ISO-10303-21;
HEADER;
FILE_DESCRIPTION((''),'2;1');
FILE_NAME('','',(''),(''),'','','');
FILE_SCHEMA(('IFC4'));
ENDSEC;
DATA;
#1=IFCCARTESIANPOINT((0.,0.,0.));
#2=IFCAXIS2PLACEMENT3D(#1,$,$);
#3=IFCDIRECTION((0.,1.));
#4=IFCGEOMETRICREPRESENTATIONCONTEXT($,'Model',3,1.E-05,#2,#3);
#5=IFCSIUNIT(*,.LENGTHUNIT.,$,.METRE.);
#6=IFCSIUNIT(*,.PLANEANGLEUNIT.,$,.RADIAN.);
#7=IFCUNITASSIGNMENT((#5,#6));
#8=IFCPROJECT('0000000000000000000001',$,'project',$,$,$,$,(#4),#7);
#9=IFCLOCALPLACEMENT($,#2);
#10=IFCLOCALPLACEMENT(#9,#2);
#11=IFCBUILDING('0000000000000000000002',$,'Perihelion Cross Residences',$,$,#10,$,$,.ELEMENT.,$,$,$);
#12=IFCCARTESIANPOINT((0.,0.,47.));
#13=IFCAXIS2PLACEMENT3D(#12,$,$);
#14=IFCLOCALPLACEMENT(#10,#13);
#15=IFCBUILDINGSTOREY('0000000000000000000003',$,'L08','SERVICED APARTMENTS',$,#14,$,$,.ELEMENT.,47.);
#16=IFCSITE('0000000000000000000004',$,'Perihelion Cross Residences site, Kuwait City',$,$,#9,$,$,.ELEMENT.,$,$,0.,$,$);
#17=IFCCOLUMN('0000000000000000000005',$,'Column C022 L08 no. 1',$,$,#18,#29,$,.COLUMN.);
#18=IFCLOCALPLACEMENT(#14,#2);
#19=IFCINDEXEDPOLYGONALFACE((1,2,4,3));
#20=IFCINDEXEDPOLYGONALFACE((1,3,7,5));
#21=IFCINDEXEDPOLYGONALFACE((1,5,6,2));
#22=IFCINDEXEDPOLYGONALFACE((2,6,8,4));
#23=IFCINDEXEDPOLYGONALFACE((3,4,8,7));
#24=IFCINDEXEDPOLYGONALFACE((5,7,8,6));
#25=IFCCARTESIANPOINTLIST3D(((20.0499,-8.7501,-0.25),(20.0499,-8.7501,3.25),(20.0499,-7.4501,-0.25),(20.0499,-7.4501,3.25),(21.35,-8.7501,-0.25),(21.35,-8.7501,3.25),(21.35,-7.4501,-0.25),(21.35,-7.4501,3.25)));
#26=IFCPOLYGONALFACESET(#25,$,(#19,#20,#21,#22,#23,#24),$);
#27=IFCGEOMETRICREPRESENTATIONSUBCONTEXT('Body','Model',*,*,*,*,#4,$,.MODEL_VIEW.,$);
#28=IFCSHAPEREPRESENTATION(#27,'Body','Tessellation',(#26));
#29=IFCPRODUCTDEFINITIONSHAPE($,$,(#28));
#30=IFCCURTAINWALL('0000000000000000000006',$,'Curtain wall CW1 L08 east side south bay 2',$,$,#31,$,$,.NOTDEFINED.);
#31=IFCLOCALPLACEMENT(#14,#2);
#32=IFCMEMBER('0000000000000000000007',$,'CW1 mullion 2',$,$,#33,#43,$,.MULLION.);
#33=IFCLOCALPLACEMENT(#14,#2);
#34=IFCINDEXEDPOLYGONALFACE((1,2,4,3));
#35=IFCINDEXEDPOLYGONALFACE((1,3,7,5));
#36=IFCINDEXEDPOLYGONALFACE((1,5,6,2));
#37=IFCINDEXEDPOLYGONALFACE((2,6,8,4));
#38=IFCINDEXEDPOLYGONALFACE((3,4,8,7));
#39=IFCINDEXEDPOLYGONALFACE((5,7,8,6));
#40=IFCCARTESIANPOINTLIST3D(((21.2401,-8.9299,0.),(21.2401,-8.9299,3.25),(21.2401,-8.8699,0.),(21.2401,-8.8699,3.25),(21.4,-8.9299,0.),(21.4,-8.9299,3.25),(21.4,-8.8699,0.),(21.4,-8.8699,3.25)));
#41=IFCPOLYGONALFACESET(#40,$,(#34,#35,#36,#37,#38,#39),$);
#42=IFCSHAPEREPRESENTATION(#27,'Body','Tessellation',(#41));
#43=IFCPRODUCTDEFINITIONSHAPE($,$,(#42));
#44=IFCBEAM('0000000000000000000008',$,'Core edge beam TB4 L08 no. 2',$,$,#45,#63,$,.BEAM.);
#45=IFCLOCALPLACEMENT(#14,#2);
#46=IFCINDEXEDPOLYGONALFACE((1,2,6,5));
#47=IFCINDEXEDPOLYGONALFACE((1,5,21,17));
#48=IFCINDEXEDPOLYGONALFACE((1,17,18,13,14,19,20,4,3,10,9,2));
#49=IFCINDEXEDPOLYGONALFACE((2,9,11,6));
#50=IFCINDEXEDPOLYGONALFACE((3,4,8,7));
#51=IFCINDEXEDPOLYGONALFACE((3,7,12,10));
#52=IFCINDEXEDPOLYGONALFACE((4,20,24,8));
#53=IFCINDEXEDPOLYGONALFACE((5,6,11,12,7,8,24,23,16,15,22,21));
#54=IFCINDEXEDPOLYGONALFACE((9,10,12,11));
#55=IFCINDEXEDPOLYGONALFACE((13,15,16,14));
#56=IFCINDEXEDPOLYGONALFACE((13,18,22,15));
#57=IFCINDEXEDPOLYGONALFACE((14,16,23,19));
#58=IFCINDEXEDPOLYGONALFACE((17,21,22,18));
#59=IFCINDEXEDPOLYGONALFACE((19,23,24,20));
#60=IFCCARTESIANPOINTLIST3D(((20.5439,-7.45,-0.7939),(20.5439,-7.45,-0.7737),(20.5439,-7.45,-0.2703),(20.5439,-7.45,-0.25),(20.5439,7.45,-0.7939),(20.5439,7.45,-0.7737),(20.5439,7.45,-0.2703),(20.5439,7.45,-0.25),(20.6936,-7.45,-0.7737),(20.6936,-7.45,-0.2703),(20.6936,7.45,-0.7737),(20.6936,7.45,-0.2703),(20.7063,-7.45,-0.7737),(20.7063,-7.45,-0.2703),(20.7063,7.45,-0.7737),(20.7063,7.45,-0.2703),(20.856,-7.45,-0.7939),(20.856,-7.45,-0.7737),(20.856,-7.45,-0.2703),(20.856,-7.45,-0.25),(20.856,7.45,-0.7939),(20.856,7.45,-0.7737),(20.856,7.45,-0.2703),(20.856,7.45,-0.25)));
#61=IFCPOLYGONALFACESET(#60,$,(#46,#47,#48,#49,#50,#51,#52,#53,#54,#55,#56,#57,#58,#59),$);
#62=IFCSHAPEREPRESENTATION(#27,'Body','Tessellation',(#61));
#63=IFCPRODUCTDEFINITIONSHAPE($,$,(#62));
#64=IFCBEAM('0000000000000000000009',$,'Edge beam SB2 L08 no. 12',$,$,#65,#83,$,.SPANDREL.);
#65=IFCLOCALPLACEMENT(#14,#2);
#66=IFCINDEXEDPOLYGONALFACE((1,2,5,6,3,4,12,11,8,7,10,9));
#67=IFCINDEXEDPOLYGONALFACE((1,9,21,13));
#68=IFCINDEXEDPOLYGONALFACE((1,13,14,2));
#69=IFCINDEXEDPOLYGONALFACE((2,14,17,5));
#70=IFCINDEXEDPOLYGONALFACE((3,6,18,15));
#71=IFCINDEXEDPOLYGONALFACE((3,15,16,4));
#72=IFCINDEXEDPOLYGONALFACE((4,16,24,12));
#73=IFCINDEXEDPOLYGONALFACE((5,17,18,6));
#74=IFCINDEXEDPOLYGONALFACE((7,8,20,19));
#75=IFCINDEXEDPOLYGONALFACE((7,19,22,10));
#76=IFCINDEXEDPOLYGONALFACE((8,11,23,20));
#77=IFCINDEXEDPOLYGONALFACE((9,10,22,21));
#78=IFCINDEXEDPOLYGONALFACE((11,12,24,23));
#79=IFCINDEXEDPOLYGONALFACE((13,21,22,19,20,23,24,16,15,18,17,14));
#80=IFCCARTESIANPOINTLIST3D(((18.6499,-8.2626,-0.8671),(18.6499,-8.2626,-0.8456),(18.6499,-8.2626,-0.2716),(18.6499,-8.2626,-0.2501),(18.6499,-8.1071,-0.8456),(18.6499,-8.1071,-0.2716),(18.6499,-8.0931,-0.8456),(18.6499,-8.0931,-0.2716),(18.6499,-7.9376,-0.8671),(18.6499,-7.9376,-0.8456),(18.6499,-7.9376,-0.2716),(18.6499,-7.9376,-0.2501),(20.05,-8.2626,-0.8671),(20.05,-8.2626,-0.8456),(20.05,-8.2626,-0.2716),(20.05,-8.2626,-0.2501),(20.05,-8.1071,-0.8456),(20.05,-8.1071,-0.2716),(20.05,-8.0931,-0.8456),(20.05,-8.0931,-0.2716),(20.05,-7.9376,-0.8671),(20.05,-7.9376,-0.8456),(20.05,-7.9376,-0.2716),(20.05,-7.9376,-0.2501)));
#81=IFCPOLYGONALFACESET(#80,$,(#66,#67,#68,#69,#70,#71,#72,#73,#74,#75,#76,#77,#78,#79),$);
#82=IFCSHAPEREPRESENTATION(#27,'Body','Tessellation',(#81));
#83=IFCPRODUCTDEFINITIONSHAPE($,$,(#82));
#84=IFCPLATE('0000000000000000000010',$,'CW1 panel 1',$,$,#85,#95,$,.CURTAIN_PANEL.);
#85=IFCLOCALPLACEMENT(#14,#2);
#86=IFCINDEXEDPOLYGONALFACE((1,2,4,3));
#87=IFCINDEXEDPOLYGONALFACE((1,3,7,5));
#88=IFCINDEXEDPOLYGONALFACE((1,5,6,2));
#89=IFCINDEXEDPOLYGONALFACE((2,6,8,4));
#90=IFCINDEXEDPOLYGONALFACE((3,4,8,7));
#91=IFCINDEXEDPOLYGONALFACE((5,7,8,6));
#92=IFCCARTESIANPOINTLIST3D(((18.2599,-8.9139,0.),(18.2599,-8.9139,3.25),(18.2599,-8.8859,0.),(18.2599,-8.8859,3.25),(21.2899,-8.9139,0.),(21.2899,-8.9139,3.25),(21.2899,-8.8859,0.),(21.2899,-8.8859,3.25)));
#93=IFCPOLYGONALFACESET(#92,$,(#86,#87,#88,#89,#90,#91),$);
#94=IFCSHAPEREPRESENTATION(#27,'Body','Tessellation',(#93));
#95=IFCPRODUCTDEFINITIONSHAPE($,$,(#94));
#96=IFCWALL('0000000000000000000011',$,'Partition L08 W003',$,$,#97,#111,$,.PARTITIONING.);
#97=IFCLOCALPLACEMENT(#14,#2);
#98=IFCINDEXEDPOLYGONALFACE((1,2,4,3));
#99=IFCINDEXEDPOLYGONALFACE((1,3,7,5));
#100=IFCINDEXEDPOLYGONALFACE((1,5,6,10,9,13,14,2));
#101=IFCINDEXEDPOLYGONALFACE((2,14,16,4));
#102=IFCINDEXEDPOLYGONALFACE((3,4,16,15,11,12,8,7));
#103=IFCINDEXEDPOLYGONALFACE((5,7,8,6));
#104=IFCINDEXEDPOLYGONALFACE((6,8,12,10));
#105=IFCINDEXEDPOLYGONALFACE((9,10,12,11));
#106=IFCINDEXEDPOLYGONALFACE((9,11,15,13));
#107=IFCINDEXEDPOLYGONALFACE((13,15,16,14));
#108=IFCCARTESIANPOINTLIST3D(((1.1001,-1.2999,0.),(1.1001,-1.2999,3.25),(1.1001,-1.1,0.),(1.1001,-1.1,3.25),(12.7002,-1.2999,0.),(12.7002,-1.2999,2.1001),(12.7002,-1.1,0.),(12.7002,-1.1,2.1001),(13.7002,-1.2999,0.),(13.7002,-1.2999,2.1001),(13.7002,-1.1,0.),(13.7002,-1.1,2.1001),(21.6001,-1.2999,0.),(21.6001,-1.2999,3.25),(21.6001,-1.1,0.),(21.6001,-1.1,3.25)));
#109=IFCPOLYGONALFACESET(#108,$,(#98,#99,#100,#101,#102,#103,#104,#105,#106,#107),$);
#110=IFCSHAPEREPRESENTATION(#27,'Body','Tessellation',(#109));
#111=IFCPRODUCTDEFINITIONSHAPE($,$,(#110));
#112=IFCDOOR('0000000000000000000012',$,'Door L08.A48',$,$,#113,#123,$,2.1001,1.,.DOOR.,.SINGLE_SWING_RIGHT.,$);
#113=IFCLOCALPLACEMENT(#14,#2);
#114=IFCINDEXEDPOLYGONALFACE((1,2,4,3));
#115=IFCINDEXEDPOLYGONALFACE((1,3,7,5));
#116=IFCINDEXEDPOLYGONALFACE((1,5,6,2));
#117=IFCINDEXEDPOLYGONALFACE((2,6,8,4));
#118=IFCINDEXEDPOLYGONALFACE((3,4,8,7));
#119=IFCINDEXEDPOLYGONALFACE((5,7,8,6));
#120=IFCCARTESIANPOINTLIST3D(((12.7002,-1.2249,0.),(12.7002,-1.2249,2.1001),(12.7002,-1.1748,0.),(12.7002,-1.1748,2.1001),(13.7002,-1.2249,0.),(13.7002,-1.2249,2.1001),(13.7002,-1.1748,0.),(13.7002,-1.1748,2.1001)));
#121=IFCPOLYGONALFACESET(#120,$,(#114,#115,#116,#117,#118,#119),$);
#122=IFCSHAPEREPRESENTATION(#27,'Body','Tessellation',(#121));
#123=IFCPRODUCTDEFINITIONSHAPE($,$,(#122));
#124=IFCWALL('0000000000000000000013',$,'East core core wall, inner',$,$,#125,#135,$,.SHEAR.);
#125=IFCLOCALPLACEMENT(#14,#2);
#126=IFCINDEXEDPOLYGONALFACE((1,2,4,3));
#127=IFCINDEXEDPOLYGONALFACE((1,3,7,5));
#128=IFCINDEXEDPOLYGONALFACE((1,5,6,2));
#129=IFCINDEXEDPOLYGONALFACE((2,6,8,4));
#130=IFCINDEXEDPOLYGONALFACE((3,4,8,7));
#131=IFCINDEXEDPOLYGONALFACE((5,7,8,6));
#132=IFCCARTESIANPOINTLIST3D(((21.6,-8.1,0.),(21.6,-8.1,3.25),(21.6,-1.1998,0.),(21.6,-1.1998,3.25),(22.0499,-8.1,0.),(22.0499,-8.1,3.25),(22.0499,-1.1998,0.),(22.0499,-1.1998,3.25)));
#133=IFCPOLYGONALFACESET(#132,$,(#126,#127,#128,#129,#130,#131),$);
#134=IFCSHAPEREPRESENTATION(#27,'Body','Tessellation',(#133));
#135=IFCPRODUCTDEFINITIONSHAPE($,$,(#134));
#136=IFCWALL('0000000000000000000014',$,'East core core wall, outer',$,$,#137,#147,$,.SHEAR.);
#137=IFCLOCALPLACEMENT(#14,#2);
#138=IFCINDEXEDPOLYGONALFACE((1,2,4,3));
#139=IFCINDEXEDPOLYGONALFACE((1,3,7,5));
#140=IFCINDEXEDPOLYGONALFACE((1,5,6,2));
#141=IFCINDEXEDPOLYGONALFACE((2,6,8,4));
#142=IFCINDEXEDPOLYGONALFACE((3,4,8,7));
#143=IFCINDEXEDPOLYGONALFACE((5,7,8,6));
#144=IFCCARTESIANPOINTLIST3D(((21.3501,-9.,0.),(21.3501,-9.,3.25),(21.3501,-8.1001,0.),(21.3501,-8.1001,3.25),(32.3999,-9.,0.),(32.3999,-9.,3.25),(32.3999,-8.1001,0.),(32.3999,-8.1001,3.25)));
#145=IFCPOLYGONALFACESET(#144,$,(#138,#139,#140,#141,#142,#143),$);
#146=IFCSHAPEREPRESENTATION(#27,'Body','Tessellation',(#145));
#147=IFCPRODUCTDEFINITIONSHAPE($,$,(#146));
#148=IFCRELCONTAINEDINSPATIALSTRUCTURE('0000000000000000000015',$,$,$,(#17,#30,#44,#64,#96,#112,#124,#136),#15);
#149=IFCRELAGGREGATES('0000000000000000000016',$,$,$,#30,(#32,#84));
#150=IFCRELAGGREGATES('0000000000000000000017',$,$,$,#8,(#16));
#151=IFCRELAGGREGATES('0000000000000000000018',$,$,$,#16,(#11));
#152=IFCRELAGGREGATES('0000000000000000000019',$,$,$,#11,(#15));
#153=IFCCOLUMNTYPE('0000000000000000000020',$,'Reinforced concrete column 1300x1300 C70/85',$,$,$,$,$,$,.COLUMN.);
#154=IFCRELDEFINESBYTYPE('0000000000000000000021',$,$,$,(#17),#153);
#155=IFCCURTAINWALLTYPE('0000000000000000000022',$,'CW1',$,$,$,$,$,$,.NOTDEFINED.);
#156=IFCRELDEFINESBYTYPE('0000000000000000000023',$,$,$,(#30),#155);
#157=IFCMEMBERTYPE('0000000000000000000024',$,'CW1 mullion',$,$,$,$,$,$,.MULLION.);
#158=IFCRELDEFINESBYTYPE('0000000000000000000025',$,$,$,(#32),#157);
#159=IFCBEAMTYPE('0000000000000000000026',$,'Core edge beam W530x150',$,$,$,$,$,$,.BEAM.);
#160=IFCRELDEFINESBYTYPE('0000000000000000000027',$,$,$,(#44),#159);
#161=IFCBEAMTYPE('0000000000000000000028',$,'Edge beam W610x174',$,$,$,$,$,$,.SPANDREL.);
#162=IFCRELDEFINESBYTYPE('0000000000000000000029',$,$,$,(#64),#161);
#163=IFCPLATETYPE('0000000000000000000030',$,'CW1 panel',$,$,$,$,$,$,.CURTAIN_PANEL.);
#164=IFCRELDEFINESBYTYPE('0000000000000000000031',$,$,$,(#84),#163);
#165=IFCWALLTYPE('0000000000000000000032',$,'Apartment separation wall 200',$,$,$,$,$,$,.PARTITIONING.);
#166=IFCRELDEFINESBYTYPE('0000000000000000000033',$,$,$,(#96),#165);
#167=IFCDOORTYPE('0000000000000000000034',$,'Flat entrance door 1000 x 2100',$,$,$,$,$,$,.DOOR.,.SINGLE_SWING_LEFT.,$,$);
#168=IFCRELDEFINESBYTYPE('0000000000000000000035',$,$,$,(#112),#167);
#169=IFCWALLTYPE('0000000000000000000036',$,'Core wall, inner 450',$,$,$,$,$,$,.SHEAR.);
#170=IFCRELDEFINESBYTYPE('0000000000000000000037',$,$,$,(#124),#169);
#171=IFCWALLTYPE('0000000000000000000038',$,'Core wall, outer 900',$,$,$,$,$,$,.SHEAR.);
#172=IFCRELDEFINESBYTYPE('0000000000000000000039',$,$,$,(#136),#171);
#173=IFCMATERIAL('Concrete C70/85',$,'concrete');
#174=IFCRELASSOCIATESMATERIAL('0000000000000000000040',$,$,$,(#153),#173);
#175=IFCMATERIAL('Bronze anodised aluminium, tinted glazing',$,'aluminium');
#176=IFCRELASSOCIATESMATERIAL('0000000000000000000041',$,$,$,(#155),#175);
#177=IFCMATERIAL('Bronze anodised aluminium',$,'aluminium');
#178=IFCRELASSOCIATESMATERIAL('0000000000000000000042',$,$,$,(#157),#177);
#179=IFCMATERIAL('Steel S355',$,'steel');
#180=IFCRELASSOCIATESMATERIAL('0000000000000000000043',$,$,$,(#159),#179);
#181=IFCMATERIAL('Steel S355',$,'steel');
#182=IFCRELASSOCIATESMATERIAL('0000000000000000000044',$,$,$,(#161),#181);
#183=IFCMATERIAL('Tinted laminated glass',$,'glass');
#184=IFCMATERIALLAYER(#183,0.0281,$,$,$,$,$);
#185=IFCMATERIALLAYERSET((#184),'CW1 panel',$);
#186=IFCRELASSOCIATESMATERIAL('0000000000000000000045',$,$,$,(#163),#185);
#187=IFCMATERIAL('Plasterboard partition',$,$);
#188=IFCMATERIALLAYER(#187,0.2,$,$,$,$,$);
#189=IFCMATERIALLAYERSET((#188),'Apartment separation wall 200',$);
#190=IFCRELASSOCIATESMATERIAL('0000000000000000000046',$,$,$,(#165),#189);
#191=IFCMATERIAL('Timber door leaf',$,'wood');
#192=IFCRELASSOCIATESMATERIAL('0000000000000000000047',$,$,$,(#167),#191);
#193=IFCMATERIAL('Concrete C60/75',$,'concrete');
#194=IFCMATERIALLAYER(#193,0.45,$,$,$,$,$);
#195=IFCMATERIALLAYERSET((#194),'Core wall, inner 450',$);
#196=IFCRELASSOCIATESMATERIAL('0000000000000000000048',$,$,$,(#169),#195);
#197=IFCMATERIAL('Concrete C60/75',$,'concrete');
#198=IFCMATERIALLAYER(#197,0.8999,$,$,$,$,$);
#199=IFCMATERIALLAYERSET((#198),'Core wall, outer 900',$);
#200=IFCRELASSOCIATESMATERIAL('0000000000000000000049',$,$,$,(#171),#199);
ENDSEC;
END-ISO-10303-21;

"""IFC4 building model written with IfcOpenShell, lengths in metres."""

from ifc_helpers import new_model, si_unit, direction, frame, frame_2d, origin, origin_2d, place, context, subcontext, project, spatial, rectangle, i_section, extrude, material, layer, layer_set, material_profile, profile_set, type_object, element, fill, aggregate, save


model = new_model("IFC4")

# Units and contexts
model_context = context("Model", 3, precision=1e-05, world=origin(), true_north=direction((0.0, 1.0)))
body_context = subcontext(model_context, "Body", "Model", "MODEL_VIEW")
ifc_project = project(units=[si_unit("LENGTHUNIT", "METRE"), si_unit("PLANEANGLEUNIT", "RADIAN")], contexts=[model_context])

# Site, building, storey
site_placement = place(None, origin())
site = spatial("IfcSite", under=ifc_project, at=site_placement, Name="Perihelion Cross Residences site, Kuwait City", CompositionType="ELEMENT", RefElevation=0.0)
building_placement = place(site_placement, origin())
building = spatial("IfcBuilding", under=site, at=building_placement, Name="Perihelion Cross Residences", CompositionType="ELEMENT")
storey_placement = place(building_placement, frame((0.0, 0.0, 47.0)))
storey = spatial("IfcBuildingStorey", under=building, at=storey_placement, Name="L08", Description="SERVICED APARTMENTS", CompositionType="ELEMENT", Elevation=47.0)

# Column
ifc_material_1 = material(Name="Concrete C70/85", Category="concrete")
ifc_material_profile_1 = material_profile(ifc_material_1, rectangle(XDim=1.3, YDim=1.3, at=origin_2d()), Name="RC 1300x1300")
ifc_profile_set_1 = profile_set([ifc_material_profile_1], Name="Concrete C70/85")
column_type = type_object("IfcColumnType", Name="Reinforced concrete column 1300x1300 C70/85", PredefinedType="COLUMN", material=ifc_profile_set_1)
column_placement = place(storey_placement, frame((20.7, -8.1001, -0.25), z_axis=(0.0, 0.0, 1.0), x_axis=(1.0, 0.0, 0.0)))
element("IfcColumn", 1, at=column_placement, inside=storey, type_object=column_type, Name="Column C022 L08 no. 1", PredefinedType="COLUMN", context=body_context, shape_type="SweptSolid", body=[
    extrude(rectangle(XDim=1.3, YDim=1.3, at=origin_2d()), origin(), (0.0, 0.0, 1.0), 3.5),
])

# Curtain wall, member
ifc_material_2 = material(Name="Bronze anodised aluminium, tinted glazing", Category="aluminium")
curtain_wall_type = type_object("IfcCurtainWallType", Name="CW1", PredefinedType="NOTDEFINED", material=ifc_material_2)
curtain_wall_placement = place(storey_placement, origin())
curtain_wall = element("IfcCurtainWall", 2, at=curtain_wall_placement, inside=storey, type_object=curtain_wall_type, Name="Curtain wall CW1 L08 east side south bay 2", PredefinedType="NOTDEFINED")
ifc_material_3 = material(Name="Bronze anodised aluminium", Category="aluminium")
ifc_material_profile_2 = material_profile(ifc_material_3, rectangle(XDim=0.0601, YDim=0.1599, at=origin_2d()), Name="CW1 mullion")
ifc_profile_set_2 = profile_set([ifc_material_profile_2], Name="Bronze anodised aluminium")
member_type = type_object("IfcMemberType", Name="CW1 mullion", PredefinedType="MULLION", material=ifc_profile_set_2)
member_placement = place(storey_placement, frame((21.3201, -8.8999, 0.0), z_axis=(0.0, 0.0, 1.0), x_axis=(0.0, 1.0, 0.0)))
member = element("IfcMember", 3, at=member_placement, type_object=member_type, Name="CW1 mullion 2", PredefinedType="MULLION", context=body_context, shape_type="SweptSolid", body=[
    extrude(rectangle(XDim=0.0601, YDim=0.1599, at=origin_2d()), origin(), (0.0, 0.0, 1.0), 3.25),
])

# Beams
ifc_material_4 = material(Name="Steel S355", Category="steel")
ifc_material_profile_3 = material_profile(ifc_material_4, i_section(OverallWidth=0.312, OverallDepth=0.5439, WebThickness=0.0127, FlangeThickness=0.0203, at=origin_2d()), Name="W530x150")
ifc_profile_set_3 = profile_set([ifc_material_profile_3], Name="Steel S355")
beam_type_1 = type_object("IfcBeamType", Name="Core edge beam W530x150", PredefinedType="BEAM", material=ifc_profile_set_3)
beam_1_placement = place(storey_placement, frame((20.7, -7.45, -0.522), z_axis=(0.0, 1.0, 0.0), x_axis=(-1.0, 0.0, 0.0)))
element("IfcBeam", 4, at=beam_1_placement, inside=storey, type_object=beam_type_1, Name="Core edge beam TB4 L08 no. 2", PredefinedType="BEAM", context=body_context, shape_type="SweptSolid", body=[
    extrude(i_section(OverallWidth=0.312, OverallDepth=0.5439, WebThickness=0.0127, FlangeThickness=0.0203, at=origin_2d()), origin(), (0.0, 0.0, 1.0), 14.8999),
])
ifc_material_5 = material(Name="Steel S355", Category="steel")
ifc_material_profile_4 = material_profile(ifc_material_5, i_section(OverallWidth=0.325, OverallDepth=0.6169, WebThickness=0.0139, FlangeThickness=0.0215, at=origin_2d()), Name="W610x174")
ifc_profile_set_4 = profile_set([ifc_material_profile_4], Name="Steel S355")
beam_type_2 = type_object("IfcBeamType", Name="Edge beam W610x174", PredefinedType="SPANDREL", material=ifc_profile_set_4)
beam_2_placement = place(storey_placement, frame((18.6499, -8.1001, -0.5586), z_axis=(1.0, 0.0, 0.0), x_axis=(0.0, 1.0, 0.0)))
element("IfcBeam", 5, at=beam_2_placement, inside=storey, type_object=beam_type_2, Name="Edge beam SB2 L08 no. 12", PredefinedType="SPANDREL", context=body_context, shape_type="SweptSolid", body=[
    extrude(i_section(OverallWidth=0.325, OverallDepth=0.6169, WebThickness=0.0139, FlangeThickness=0.0215, at=origin_2d()), origin(), (0.0, 0.0, 1.0), 1.4001),
])

# Plate
ifc_material_6 = material(Name="Tinted laminated glass", Category="glass")
ifc_layer_1 = layer(ifc_material_6, 0.0281)
ifc_layer_set_1 = layer_set([ifc_layer_1], Name="CW1 panel")
plate_type = type_object("IfcPlateType", Name="CW1 panel", PredefinedType="CURTAIN_PANEL", material=ifc_layer_set_1)
plate_placement = place(storey_placement, frame((19.7749, -8.8999, 0.0), z_axis=(0.0, 0.0, 1.0), x_axis=(1.0, 0.0, 0.0)))
plate = element("IfcPlate", 6, at=plate_placement, type_object=plate_type, Name="CW1 panel 1", PredefinedType="CURTAIN_PANEL", context=body_context, shape_type="SweptSolid", body=[
    extrude(rectangle(XDim=3.03, YDim=0.0281, at=origin_2d()), origin(), (0.0, 0.0, 1.0), 3.25),
])
aggregate(curtain_wall, [member, plate])

# Wall, opening, door
ifc_material_7 = material(Name="Plasterboard partition")
ifc_layer_2 = layer(ifc_material_7, 0.2)
ifc_layer_set_2 = layer_set([ifc_layer_2], Name="Apartment separation wall 200")
wall_type_1 = type_object("IfcWallType", Name="Apartment separation wall 200", PredefinedType="PARTITIONING", material=ifc_layer_set_2)
wall_1_placement = place(storey_placement, frame((21.6001, -1.2, 0.0), z_axis=(0.0, 0.0, 1.0), x_axis=(-1.0, 0.0, 0.0)))
wall_1 = element("IfcWall", 7, at=wall_1_placement, inside=storey, type_object=wall_type_1, Name="Partition L08 W003", PredefinedType="PARTITIONING", context=body_context, shape_type="SweptSolid", body=[
    extrude(rectangle(XDim=20.5, YDim=0.2, at=frame_2d((10.25, 0.0))), origin(), (0.0, 0.0, 1.0), 3.25),
])
opening_1_placement = place(wall_1_placement, frame((7.8999, 0.0, 0.0)))
opening_1 = element("IfcOpeningElement", 8, at=opening_1_placement, cuts=wall_1, PredefinedType="OPENING", context=body_context, shape_type="SweptSolid", body=[
    extrude(rectangle(XDim=1.0, YDim=2.1001, at=frame_2d((0.5, 1.05))), frame((0.0, 0.1099, 0.0), z_axis=(0.0, -1.0, 0.0), x_axis=(1.0, 0.0, 0.0)), (0.0, 0.0, 1.0), 0.22),
])
ifc_material_8 = material(Name="Timber door leaf", Category="wood")
door_type_1 = type_object("IfcDoorType", Name="Flat entrance door 1000 x 2100", OperationType="SINGLE_SWING_LEFT", PredefinedType="DOOR", material=ifc_material_8)
door_1_placement = place(opening_1_placement, origin())
door_1 = element("IfcDoor", 9, at=door_1_placement, inside=storey, type_object=door_type_1, Name="Door L08.A48", OperationType="SINGLE_SWING_RIGHT", OverallHeight=2.1001, OverallWidth=1.0, PredefinedType="DOOR", context=body_context, shape_type="SweptSolid", body=[
    extrude(rectangle(XDim=1.0, YDim=2.1001, at=frame_2d((0.5, 1.05))), frame((0.0, 0.0249, 0.0), z_axis=(0.0, -1.0, 0.0), x_axis=(1.0, 0.0, 0.0)), (0.0, 0.0, 1.0), 0.05),
])
fill(opening_1, door_1)

# Walls
ifc_material_9 = material(Name="Concrete C60/75", Category="concrete")
ifc_layer_3 = layer(ifc_material_9, 0.45)
ifc_layer_set_3 = layer_set([ifc_layer_3], Name="Core wall, inner 450")
wall_type_2 = type_object("IfcWallType", Name="Core wall, inner 450", PredefinedType="SHEAR", material=ifc_layer_set_3)
wall_2_placement = place(storey_placement, frame((21.825, -8.1001, 0.0), z_axis=(0.0, 0.0, 1.0), x_axis=(0.0, 1.0, 0.0)))
element("IfcWall", 10, at=wall_2_placement, inside=storey, type_object=wall_type_2, Name="East core core wall, inner", PredefinedType="SHEAR", context=body_context, shape_type="SweptSolid", body=[
    extrude(rectangle(XDim=6.9001, YDim=0.45, at=frame_2d((3.4502, 0.0))), origin(), (0.0, 0.0, 1.0), 3.25),
])
ifc_material_10 = material(Name="Concrete C60/75", Category="concrete")
ifc_layer_4 = layer(ifc_material_10, 0.8999)
ifc_layer_set_4 = layer_set([ifc_layer_4], Name="Core wall, outer 900")
wall_type_3 = type_object("IfcWallType", Name="Core wall, outer 900", PredefinedType="SHEAR", material=ifc_layer_set_4)
wall_3_placement = place(storey_placement, frame((21.3501, -8.55, 0.0), z_axis=(0.0, 0.0, 1.0), x_axis=(1.0, 0.0, 0.0)))
element("IfcWall", 11, at=wall_3_placement, inside=storey, type_object=wall_type_3, Name="East core core wall, outer", PredefinedType="SHEAR", context=body_context, shape_type="SweptSolid", body=[
    extrude(rectangle(XDim=11.0498, YDim=0.8999, at=frame_2d((5.5249, 0.0))), origin(), (0.0, 0.0, 1.0), 3.25),
])

save(model, "model.ifc")
